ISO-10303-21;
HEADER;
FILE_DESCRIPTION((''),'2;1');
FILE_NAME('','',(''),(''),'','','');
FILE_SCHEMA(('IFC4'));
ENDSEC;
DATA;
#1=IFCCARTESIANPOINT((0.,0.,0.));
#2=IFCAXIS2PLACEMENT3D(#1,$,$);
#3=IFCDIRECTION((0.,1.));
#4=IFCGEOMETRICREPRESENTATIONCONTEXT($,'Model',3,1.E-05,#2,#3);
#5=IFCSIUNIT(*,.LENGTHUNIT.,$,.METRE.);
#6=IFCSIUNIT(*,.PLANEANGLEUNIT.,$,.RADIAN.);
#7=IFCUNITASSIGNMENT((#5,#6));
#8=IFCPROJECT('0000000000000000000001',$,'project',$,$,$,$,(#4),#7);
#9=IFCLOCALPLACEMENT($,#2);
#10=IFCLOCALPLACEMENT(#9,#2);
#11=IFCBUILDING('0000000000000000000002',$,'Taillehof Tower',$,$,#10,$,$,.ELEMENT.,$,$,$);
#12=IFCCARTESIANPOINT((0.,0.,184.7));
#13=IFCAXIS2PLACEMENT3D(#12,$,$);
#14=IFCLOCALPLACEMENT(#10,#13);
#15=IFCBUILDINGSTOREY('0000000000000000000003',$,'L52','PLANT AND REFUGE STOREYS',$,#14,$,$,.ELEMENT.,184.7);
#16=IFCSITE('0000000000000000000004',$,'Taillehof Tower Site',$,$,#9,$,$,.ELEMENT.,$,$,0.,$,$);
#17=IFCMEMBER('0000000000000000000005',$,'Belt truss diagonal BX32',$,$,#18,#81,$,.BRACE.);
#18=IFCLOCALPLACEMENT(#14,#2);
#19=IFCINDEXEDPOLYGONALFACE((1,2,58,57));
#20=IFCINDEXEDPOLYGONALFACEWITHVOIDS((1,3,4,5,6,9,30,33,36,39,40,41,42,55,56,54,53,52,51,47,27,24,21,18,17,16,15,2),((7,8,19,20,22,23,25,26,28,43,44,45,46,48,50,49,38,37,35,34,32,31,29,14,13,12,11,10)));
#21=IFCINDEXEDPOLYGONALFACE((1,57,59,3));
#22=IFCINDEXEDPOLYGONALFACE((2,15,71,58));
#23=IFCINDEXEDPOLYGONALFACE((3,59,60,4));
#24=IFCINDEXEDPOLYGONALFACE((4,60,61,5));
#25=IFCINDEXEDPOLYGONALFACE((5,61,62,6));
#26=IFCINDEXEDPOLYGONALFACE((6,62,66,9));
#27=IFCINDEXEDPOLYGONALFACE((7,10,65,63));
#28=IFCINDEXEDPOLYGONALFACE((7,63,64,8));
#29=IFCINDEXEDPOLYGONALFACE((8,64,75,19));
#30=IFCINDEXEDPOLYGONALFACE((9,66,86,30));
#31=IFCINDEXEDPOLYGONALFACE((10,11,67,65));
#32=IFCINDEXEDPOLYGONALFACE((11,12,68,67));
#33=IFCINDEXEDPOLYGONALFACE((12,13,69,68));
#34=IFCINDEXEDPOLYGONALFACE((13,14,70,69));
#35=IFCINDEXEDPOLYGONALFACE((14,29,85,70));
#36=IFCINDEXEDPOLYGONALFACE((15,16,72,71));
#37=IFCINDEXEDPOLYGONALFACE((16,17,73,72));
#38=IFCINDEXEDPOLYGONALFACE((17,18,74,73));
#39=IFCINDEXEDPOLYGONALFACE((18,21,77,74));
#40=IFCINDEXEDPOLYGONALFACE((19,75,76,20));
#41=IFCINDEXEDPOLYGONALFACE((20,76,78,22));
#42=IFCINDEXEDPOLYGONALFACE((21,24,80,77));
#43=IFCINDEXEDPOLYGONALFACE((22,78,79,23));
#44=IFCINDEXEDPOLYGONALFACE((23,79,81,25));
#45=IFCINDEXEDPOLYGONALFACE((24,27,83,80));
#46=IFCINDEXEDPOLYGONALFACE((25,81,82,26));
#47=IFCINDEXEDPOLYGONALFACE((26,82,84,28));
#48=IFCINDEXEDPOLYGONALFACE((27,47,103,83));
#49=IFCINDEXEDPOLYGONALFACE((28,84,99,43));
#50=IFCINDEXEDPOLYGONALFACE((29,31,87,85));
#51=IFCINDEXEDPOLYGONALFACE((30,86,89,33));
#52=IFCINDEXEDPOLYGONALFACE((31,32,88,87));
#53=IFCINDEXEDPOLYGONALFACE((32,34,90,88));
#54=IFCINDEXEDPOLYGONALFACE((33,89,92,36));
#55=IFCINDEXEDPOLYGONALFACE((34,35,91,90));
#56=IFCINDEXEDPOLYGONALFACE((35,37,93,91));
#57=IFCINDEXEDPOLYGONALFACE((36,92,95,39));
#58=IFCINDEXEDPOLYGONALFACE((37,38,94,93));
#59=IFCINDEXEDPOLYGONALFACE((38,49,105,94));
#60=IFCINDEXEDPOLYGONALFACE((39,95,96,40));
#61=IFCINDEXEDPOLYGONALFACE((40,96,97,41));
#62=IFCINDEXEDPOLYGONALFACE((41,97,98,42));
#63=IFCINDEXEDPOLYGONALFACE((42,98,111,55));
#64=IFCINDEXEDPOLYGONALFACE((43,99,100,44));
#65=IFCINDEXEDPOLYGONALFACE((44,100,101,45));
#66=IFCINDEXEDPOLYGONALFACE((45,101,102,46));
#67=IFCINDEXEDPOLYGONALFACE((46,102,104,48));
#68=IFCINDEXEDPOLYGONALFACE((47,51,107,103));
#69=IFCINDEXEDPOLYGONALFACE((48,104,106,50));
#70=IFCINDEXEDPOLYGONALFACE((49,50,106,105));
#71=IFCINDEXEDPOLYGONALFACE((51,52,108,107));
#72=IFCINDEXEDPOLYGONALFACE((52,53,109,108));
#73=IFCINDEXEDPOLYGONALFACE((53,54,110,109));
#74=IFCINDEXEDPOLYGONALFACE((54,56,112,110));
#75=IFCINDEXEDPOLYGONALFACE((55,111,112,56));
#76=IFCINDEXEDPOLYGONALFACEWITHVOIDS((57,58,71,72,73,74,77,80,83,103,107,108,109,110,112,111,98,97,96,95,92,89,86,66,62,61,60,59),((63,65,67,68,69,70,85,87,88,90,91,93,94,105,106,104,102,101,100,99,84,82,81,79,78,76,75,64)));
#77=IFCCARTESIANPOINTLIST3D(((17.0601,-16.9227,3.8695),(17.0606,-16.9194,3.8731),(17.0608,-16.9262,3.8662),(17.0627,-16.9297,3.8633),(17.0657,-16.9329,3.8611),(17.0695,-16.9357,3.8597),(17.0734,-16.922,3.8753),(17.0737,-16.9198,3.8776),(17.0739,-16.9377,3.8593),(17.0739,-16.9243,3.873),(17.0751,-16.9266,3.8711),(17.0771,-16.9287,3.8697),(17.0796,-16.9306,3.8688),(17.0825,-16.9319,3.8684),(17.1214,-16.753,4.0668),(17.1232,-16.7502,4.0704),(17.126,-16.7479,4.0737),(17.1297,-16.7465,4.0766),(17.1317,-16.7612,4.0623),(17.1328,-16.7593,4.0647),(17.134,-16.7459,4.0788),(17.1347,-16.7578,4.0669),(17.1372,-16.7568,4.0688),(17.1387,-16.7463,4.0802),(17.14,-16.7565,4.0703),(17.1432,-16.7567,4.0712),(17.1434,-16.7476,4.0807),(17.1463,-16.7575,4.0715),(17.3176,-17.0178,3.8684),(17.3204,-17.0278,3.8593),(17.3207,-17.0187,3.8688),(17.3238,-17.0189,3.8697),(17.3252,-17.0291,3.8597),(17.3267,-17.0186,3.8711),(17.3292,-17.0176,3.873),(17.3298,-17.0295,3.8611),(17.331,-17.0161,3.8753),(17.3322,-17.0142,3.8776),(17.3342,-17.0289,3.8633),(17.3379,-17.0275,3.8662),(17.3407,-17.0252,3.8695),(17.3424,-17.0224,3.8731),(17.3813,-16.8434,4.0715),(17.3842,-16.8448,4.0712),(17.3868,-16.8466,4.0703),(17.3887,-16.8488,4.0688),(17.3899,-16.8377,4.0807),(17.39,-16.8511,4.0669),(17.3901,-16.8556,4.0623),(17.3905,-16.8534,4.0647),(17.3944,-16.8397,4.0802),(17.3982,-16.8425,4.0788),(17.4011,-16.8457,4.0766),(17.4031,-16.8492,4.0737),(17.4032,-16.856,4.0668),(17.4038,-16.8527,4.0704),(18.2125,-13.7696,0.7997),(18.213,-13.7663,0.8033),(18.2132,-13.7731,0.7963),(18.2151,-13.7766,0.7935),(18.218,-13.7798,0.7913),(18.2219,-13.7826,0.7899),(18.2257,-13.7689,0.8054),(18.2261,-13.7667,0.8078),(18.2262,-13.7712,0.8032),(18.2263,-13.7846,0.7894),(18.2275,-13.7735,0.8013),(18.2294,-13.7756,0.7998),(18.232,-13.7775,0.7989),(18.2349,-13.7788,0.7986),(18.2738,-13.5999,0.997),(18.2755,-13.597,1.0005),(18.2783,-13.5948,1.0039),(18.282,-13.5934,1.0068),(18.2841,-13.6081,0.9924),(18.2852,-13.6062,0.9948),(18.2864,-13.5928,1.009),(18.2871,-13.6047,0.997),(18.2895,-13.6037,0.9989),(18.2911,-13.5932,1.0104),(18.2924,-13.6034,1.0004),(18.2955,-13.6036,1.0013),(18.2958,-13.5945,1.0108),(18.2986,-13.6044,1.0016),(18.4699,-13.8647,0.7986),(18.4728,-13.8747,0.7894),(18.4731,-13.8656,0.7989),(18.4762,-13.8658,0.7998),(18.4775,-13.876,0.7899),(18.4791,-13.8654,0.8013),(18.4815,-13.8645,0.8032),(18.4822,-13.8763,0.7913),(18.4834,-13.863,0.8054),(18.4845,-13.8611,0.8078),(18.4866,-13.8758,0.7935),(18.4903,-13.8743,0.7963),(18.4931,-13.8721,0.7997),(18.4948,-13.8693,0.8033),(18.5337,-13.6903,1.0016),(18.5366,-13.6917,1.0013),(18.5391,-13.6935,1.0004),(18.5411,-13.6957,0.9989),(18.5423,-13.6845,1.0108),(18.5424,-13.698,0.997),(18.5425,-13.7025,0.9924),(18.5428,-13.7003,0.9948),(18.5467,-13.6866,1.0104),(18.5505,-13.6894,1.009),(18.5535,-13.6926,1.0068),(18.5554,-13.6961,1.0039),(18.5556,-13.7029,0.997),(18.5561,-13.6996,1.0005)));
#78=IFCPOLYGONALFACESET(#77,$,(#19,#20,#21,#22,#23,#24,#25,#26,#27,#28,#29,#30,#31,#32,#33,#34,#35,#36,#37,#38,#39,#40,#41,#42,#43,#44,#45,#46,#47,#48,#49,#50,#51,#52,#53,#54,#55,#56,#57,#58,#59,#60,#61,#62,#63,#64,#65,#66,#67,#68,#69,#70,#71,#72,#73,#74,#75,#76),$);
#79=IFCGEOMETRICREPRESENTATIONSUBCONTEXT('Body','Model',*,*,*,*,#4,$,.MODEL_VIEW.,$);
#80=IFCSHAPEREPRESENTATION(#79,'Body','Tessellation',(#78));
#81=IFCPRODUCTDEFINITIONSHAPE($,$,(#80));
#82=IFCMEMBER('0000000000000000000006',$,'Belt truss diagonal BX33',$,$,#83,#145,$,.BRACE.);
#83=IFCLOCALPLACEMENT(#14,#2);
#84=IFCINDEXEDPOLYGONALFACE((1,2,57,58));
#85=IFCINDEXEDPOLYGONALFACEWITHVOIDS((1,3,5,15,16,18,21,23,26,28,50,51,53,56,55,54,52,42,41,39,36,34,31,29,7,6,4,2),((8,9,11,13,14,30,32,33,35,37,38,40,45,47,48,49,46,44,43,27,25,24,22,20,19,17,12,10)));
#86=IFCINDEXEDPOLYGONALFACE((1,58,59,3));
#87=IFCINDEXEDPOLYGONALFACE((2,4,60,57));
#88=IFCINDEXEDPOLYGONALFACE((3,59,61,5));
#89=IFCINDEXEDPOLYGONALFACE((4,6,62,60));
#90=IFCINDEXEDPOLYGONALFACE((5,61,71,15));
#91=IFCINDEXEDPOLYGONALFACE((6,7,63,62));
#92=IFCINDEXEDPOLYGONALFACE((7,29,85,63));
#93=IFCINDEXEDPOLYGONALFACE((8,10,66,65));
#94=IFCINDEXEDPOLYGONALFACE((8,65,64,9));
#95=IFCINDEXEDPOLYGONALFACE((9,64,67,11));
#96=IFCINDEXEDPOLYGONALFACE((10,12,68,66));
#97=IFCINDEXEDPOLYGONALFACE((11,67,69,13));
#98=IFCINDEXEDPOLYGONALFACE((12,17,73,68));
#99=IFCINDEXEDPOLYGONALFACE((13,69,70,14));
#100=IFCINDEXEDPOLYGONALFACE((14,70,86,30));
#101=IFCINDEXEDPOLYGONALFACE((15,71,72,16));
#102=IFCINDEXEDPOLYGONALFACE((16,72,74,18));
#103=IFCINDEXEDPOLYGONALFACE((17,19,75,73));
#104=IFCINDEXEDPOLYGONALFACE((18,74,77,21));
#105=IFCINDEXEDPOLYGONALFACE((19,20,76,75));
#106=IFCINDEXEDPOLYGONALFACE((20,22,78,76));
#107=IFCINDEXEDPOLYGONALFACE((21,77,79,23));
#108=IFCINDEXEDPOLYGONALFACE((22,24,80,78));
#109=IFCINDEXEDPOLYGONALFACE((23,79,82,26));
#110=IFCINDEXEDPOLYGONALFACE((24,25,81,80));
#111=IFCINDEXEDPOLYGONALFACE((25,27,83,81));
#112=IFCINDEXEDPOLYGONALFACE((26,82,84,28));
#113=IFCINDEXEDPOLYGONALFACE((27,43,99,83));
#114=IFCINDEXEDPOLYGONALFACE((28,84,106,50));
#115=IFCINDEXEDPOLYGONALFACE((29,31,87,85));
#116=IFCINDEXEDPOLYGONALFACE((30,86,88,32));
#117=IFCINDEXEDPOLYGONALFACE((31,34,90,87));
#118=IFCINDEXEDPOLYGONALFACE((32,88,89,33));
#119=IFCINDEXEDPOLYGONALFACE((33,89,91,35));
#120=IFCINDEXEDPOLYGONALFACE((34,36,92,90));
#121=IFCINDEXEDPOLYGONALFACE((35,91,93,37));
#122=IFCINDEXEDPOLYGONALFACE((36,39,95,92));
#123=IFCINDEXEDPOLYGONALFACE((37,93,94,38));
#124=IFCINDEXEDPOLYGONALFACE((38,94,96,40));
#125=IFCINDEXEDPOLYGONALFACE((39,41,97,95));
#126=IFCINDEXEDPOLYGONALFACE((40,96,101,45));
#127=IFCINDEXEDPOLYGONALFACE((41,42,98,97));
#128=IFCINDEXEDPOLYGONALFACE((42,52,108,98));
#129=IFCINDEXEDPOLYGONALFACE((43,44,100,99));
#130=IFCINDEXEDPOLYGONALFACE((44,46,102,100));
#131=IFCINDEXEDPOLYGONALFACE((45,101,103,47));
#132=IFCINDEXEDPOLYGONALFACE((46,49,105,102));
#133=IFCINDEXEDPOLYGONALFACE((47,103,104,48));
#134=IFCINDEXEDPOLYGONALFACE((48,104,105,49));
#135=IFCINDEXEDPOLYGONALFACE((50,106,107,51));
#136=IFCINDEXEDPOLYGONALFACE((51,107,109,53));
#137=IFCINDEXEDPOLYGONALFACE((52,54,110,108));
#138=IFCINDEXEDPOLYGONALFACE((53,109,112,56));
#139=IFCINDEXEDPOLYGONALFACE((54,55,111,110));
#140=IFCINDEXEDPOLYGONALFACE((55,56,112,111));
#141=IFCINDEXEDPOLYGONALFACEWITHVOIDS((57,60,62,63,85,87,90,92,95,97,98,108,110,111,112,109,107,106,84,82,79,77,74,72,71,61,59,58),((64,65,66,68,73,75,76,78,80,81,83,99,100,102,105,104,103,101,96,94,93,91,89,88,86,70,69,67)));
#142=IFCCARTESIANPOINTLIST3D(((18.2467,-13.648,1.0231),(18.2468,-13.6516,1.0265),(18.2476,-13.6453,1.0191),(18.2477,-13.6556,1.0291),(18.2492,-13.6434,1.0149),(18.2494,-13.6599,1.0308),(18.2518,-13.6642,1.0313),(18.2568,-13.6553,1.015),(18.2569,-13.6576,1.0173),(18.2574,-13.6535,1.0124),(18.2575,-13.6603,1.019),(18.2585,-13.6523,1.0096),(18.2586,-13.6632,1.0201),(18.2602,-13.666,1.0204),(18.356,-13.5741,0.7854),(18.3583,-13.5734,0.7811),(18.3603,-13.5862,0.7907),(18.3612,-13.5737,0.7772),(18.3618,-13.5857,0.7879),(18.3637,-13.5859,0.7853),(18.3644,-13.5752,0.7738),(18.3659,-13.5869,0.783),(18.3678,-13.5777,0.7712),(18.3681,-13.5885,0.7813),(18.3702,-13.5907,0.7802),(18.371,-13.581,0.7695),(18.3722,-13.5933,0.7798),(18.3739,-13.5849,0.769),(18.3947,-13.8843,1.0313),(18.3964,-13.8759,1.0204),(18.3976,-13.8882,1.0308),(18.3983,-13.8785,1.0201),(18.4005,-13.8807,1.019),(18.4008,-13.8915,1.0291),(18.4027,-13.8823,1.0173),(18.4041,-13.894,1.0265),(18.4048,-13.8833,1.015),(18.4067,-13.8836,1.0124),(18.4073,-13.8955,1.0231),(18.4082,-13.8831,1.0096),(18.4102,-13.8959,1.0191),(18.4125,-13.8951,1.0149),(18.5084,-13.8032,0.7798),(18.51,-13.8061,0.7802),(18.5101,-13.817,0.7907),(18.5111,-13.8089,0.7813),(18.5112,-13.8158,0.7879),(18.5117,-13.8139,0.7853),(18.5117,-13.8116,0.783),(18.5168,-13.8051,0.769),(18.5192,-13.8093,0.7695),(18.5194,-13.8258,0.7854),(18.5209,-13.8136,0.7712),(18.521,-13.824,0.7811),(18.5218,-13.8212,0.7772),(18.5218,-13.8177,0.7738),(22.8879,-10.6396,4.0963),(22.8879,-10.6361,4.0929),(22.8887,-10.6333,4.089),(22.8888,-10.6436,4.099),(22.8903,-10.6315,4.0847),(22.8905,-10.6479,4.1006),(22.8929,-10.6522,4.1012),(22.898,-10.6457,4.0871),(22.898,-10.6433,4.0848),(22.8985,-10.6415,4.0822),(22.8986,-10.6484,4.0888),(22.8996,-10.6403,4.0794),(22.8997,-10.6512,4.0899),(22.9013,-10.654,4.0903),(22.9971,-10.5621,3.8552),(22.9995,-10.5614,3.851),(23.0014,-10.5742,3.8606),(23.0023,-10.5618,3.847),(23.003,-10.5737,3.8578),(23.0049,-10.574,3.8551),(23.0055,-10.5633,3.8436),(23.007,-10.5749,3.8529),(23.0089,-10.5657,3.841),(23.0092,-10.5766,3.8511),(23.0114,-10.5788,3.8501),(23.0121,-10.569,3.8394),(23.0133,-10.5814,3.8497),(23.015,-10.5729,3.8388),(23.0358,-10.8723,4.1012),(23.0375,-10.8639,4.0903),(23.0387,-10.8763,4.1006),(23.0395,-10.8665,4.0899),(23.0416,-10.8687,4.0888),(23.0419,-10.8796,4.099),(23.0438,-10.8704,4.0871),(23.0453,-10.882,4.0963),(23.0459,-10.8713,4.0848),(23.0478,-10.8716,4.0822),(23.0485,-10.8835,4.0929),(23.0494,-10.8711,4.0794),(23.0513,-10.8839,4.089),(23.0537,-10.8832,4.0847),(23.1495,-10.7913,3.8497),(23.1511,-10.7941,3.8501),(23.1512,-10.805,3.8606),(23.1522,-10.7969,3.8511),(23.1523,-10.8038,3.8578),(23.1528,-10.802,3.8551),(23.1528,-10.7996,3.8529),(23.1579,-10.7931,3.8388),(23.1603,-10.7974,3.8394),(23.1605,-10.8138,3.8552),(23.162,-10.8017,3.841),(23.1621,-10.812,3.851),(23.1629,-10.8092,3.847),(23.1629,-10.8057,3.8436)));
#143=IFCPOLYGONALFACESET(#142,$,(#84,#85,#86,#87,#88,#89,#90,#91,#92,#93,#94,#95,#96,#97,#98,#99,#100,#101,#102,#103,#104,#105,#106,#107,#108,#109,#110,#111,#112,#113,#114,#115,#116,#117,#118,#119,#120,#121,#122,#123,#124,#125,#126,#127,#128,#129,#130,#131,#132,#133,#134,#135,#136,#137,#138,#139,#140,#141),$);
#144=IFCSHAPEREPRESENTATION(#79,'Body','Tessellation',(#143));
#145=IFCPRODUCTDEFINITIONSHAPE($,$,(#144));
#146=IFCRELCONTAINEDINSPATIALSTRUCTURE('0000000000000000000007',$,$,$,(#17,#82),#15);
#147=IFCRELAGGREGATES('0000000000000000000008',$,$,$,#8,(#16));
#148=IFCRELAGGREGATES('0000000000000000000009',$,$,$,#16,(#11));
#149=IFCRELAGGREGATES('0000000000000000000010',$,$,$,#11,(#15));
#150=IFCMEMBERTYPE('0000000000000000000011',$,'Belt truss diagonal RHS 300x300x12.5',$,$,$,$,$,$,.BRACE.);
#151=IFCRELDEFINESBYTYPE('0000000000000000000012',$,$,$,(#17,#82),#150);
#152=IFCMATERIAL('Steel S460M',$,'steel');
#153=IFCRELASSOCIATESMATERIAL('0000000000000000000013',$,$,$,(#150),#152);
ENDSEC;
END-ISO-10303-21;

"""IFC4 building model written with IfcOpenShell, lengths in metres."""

from ifc_helpers import new_model, si_unit, direction, frame, origin, origin_2d, place, context, subcontext, project, spatial, hollow_rectangle, extrude, material, material_profile, profile_set, type_object, element, save


model = new_model("IFC4")

# Units and contexts
model_context = context("Model", 3, precision=1e-05, world=origin(), true_north=direction((0.0, 1.0)))
body_context = subcontext(model_context, "Body", "Model", "MODEL_VIEW")
ifc_project = project(units=[si_unit("LENGTHUNIT", "METRE"), si_unit("PLANEANGLEUNIT", "RADIAN")], contexts=[model_context])

# Site, building, storey
site_placement = place(None, origin())
site = spatial("IfcSite", under=ifc_project, at=site_placement, Name="Taillehof Tower Site", CompositionType="ELEMENT", RefElevation=0.0)
building_placement = place(site_placement, origin())
building = spatial("IfcBuilding", under=site, at=building_placement, Name="Taillehof Tower", CompositionType="ELEMENT")
storey_placement = place(building_placement, frame((0.0, 0.0, 184.7)))
storey = spatial("IfcBuildingStorey", under=building, at=storey_placement, Name="L52", Description="PLANT AND REFUGE STOREYS", CompositionType="ELEMENT", Elevation=184.7)

# Members
ifc_material_1 = material(Name="Steel S460M", Category="steel")
ifc_material_profile_1 = material_profile(ifc_material_1, hollow_rectangle(XDim=0.3, YDim=0.3, WallThickness=0.0125, InnerFilletRadius=0.0125, OuterFilletRadius=0.0188, at=origin_2d()), Name="RHS 300x300x12.5")
ifc_profile_set_1 = profile_set([ifc_material_profile_1], Name="Steel S460M")
member_type_1 = type_object("IfcMemberType", Name="Belt truss diagonal RHS 300x300x12.5", PredefinedType="BRACE", material=ifc_profile_set_1)
member_1_placement = place(storey_placement, frame((17.2319, -16.8877, 3.97), z_axis=(0.253317, 0.693133, -0.674832), x_axis=(-0.93924, 0.343261, 0.0)))
element("IfcMember", 1, at=member_1_placement, inside=storey, type_object=member_type_1, Name="Belt truss diagonal BX32", PredefinedType="BRACE", context=body_context, shape_type="SweptSolid", body=[
    extrude(hollow_rectangle(XDim=0.3, YDim=0.3, WallThickness=0.0125, InnerFilletRadius=0.0125, OuterFilletRadius=0.0188, at=origin_2d()), origin(), (0.0, 0.0, 1.0), 4.5491),
])
member_2_placement = place(storey_placement, frame((18.3843, -13.7346, 0.9001), z_axis=(0.733497, 0.476021, 0.485166), x_axis=(-0.544383, 0.838837, 0.0)))
element("IfcMember", 2, at=member_2_placement, inside=storey, type_object=member_type_1, Name="Belt truss diagonal BX33", PredefinedType="BRACE", context=body_context, shape_type="SweptSolid", body=[
    extrude(hollow_rectangle(XDim=0.3, YDim=0.3, WallThickness=0.0125, InnerFilletRadius=0.0125, OuterFilletRadius=0.0188, at=origin_2d()), origin(), (0.0, 0.0, 1.0), 6.3274),
])

save(model, "model.ifc")
